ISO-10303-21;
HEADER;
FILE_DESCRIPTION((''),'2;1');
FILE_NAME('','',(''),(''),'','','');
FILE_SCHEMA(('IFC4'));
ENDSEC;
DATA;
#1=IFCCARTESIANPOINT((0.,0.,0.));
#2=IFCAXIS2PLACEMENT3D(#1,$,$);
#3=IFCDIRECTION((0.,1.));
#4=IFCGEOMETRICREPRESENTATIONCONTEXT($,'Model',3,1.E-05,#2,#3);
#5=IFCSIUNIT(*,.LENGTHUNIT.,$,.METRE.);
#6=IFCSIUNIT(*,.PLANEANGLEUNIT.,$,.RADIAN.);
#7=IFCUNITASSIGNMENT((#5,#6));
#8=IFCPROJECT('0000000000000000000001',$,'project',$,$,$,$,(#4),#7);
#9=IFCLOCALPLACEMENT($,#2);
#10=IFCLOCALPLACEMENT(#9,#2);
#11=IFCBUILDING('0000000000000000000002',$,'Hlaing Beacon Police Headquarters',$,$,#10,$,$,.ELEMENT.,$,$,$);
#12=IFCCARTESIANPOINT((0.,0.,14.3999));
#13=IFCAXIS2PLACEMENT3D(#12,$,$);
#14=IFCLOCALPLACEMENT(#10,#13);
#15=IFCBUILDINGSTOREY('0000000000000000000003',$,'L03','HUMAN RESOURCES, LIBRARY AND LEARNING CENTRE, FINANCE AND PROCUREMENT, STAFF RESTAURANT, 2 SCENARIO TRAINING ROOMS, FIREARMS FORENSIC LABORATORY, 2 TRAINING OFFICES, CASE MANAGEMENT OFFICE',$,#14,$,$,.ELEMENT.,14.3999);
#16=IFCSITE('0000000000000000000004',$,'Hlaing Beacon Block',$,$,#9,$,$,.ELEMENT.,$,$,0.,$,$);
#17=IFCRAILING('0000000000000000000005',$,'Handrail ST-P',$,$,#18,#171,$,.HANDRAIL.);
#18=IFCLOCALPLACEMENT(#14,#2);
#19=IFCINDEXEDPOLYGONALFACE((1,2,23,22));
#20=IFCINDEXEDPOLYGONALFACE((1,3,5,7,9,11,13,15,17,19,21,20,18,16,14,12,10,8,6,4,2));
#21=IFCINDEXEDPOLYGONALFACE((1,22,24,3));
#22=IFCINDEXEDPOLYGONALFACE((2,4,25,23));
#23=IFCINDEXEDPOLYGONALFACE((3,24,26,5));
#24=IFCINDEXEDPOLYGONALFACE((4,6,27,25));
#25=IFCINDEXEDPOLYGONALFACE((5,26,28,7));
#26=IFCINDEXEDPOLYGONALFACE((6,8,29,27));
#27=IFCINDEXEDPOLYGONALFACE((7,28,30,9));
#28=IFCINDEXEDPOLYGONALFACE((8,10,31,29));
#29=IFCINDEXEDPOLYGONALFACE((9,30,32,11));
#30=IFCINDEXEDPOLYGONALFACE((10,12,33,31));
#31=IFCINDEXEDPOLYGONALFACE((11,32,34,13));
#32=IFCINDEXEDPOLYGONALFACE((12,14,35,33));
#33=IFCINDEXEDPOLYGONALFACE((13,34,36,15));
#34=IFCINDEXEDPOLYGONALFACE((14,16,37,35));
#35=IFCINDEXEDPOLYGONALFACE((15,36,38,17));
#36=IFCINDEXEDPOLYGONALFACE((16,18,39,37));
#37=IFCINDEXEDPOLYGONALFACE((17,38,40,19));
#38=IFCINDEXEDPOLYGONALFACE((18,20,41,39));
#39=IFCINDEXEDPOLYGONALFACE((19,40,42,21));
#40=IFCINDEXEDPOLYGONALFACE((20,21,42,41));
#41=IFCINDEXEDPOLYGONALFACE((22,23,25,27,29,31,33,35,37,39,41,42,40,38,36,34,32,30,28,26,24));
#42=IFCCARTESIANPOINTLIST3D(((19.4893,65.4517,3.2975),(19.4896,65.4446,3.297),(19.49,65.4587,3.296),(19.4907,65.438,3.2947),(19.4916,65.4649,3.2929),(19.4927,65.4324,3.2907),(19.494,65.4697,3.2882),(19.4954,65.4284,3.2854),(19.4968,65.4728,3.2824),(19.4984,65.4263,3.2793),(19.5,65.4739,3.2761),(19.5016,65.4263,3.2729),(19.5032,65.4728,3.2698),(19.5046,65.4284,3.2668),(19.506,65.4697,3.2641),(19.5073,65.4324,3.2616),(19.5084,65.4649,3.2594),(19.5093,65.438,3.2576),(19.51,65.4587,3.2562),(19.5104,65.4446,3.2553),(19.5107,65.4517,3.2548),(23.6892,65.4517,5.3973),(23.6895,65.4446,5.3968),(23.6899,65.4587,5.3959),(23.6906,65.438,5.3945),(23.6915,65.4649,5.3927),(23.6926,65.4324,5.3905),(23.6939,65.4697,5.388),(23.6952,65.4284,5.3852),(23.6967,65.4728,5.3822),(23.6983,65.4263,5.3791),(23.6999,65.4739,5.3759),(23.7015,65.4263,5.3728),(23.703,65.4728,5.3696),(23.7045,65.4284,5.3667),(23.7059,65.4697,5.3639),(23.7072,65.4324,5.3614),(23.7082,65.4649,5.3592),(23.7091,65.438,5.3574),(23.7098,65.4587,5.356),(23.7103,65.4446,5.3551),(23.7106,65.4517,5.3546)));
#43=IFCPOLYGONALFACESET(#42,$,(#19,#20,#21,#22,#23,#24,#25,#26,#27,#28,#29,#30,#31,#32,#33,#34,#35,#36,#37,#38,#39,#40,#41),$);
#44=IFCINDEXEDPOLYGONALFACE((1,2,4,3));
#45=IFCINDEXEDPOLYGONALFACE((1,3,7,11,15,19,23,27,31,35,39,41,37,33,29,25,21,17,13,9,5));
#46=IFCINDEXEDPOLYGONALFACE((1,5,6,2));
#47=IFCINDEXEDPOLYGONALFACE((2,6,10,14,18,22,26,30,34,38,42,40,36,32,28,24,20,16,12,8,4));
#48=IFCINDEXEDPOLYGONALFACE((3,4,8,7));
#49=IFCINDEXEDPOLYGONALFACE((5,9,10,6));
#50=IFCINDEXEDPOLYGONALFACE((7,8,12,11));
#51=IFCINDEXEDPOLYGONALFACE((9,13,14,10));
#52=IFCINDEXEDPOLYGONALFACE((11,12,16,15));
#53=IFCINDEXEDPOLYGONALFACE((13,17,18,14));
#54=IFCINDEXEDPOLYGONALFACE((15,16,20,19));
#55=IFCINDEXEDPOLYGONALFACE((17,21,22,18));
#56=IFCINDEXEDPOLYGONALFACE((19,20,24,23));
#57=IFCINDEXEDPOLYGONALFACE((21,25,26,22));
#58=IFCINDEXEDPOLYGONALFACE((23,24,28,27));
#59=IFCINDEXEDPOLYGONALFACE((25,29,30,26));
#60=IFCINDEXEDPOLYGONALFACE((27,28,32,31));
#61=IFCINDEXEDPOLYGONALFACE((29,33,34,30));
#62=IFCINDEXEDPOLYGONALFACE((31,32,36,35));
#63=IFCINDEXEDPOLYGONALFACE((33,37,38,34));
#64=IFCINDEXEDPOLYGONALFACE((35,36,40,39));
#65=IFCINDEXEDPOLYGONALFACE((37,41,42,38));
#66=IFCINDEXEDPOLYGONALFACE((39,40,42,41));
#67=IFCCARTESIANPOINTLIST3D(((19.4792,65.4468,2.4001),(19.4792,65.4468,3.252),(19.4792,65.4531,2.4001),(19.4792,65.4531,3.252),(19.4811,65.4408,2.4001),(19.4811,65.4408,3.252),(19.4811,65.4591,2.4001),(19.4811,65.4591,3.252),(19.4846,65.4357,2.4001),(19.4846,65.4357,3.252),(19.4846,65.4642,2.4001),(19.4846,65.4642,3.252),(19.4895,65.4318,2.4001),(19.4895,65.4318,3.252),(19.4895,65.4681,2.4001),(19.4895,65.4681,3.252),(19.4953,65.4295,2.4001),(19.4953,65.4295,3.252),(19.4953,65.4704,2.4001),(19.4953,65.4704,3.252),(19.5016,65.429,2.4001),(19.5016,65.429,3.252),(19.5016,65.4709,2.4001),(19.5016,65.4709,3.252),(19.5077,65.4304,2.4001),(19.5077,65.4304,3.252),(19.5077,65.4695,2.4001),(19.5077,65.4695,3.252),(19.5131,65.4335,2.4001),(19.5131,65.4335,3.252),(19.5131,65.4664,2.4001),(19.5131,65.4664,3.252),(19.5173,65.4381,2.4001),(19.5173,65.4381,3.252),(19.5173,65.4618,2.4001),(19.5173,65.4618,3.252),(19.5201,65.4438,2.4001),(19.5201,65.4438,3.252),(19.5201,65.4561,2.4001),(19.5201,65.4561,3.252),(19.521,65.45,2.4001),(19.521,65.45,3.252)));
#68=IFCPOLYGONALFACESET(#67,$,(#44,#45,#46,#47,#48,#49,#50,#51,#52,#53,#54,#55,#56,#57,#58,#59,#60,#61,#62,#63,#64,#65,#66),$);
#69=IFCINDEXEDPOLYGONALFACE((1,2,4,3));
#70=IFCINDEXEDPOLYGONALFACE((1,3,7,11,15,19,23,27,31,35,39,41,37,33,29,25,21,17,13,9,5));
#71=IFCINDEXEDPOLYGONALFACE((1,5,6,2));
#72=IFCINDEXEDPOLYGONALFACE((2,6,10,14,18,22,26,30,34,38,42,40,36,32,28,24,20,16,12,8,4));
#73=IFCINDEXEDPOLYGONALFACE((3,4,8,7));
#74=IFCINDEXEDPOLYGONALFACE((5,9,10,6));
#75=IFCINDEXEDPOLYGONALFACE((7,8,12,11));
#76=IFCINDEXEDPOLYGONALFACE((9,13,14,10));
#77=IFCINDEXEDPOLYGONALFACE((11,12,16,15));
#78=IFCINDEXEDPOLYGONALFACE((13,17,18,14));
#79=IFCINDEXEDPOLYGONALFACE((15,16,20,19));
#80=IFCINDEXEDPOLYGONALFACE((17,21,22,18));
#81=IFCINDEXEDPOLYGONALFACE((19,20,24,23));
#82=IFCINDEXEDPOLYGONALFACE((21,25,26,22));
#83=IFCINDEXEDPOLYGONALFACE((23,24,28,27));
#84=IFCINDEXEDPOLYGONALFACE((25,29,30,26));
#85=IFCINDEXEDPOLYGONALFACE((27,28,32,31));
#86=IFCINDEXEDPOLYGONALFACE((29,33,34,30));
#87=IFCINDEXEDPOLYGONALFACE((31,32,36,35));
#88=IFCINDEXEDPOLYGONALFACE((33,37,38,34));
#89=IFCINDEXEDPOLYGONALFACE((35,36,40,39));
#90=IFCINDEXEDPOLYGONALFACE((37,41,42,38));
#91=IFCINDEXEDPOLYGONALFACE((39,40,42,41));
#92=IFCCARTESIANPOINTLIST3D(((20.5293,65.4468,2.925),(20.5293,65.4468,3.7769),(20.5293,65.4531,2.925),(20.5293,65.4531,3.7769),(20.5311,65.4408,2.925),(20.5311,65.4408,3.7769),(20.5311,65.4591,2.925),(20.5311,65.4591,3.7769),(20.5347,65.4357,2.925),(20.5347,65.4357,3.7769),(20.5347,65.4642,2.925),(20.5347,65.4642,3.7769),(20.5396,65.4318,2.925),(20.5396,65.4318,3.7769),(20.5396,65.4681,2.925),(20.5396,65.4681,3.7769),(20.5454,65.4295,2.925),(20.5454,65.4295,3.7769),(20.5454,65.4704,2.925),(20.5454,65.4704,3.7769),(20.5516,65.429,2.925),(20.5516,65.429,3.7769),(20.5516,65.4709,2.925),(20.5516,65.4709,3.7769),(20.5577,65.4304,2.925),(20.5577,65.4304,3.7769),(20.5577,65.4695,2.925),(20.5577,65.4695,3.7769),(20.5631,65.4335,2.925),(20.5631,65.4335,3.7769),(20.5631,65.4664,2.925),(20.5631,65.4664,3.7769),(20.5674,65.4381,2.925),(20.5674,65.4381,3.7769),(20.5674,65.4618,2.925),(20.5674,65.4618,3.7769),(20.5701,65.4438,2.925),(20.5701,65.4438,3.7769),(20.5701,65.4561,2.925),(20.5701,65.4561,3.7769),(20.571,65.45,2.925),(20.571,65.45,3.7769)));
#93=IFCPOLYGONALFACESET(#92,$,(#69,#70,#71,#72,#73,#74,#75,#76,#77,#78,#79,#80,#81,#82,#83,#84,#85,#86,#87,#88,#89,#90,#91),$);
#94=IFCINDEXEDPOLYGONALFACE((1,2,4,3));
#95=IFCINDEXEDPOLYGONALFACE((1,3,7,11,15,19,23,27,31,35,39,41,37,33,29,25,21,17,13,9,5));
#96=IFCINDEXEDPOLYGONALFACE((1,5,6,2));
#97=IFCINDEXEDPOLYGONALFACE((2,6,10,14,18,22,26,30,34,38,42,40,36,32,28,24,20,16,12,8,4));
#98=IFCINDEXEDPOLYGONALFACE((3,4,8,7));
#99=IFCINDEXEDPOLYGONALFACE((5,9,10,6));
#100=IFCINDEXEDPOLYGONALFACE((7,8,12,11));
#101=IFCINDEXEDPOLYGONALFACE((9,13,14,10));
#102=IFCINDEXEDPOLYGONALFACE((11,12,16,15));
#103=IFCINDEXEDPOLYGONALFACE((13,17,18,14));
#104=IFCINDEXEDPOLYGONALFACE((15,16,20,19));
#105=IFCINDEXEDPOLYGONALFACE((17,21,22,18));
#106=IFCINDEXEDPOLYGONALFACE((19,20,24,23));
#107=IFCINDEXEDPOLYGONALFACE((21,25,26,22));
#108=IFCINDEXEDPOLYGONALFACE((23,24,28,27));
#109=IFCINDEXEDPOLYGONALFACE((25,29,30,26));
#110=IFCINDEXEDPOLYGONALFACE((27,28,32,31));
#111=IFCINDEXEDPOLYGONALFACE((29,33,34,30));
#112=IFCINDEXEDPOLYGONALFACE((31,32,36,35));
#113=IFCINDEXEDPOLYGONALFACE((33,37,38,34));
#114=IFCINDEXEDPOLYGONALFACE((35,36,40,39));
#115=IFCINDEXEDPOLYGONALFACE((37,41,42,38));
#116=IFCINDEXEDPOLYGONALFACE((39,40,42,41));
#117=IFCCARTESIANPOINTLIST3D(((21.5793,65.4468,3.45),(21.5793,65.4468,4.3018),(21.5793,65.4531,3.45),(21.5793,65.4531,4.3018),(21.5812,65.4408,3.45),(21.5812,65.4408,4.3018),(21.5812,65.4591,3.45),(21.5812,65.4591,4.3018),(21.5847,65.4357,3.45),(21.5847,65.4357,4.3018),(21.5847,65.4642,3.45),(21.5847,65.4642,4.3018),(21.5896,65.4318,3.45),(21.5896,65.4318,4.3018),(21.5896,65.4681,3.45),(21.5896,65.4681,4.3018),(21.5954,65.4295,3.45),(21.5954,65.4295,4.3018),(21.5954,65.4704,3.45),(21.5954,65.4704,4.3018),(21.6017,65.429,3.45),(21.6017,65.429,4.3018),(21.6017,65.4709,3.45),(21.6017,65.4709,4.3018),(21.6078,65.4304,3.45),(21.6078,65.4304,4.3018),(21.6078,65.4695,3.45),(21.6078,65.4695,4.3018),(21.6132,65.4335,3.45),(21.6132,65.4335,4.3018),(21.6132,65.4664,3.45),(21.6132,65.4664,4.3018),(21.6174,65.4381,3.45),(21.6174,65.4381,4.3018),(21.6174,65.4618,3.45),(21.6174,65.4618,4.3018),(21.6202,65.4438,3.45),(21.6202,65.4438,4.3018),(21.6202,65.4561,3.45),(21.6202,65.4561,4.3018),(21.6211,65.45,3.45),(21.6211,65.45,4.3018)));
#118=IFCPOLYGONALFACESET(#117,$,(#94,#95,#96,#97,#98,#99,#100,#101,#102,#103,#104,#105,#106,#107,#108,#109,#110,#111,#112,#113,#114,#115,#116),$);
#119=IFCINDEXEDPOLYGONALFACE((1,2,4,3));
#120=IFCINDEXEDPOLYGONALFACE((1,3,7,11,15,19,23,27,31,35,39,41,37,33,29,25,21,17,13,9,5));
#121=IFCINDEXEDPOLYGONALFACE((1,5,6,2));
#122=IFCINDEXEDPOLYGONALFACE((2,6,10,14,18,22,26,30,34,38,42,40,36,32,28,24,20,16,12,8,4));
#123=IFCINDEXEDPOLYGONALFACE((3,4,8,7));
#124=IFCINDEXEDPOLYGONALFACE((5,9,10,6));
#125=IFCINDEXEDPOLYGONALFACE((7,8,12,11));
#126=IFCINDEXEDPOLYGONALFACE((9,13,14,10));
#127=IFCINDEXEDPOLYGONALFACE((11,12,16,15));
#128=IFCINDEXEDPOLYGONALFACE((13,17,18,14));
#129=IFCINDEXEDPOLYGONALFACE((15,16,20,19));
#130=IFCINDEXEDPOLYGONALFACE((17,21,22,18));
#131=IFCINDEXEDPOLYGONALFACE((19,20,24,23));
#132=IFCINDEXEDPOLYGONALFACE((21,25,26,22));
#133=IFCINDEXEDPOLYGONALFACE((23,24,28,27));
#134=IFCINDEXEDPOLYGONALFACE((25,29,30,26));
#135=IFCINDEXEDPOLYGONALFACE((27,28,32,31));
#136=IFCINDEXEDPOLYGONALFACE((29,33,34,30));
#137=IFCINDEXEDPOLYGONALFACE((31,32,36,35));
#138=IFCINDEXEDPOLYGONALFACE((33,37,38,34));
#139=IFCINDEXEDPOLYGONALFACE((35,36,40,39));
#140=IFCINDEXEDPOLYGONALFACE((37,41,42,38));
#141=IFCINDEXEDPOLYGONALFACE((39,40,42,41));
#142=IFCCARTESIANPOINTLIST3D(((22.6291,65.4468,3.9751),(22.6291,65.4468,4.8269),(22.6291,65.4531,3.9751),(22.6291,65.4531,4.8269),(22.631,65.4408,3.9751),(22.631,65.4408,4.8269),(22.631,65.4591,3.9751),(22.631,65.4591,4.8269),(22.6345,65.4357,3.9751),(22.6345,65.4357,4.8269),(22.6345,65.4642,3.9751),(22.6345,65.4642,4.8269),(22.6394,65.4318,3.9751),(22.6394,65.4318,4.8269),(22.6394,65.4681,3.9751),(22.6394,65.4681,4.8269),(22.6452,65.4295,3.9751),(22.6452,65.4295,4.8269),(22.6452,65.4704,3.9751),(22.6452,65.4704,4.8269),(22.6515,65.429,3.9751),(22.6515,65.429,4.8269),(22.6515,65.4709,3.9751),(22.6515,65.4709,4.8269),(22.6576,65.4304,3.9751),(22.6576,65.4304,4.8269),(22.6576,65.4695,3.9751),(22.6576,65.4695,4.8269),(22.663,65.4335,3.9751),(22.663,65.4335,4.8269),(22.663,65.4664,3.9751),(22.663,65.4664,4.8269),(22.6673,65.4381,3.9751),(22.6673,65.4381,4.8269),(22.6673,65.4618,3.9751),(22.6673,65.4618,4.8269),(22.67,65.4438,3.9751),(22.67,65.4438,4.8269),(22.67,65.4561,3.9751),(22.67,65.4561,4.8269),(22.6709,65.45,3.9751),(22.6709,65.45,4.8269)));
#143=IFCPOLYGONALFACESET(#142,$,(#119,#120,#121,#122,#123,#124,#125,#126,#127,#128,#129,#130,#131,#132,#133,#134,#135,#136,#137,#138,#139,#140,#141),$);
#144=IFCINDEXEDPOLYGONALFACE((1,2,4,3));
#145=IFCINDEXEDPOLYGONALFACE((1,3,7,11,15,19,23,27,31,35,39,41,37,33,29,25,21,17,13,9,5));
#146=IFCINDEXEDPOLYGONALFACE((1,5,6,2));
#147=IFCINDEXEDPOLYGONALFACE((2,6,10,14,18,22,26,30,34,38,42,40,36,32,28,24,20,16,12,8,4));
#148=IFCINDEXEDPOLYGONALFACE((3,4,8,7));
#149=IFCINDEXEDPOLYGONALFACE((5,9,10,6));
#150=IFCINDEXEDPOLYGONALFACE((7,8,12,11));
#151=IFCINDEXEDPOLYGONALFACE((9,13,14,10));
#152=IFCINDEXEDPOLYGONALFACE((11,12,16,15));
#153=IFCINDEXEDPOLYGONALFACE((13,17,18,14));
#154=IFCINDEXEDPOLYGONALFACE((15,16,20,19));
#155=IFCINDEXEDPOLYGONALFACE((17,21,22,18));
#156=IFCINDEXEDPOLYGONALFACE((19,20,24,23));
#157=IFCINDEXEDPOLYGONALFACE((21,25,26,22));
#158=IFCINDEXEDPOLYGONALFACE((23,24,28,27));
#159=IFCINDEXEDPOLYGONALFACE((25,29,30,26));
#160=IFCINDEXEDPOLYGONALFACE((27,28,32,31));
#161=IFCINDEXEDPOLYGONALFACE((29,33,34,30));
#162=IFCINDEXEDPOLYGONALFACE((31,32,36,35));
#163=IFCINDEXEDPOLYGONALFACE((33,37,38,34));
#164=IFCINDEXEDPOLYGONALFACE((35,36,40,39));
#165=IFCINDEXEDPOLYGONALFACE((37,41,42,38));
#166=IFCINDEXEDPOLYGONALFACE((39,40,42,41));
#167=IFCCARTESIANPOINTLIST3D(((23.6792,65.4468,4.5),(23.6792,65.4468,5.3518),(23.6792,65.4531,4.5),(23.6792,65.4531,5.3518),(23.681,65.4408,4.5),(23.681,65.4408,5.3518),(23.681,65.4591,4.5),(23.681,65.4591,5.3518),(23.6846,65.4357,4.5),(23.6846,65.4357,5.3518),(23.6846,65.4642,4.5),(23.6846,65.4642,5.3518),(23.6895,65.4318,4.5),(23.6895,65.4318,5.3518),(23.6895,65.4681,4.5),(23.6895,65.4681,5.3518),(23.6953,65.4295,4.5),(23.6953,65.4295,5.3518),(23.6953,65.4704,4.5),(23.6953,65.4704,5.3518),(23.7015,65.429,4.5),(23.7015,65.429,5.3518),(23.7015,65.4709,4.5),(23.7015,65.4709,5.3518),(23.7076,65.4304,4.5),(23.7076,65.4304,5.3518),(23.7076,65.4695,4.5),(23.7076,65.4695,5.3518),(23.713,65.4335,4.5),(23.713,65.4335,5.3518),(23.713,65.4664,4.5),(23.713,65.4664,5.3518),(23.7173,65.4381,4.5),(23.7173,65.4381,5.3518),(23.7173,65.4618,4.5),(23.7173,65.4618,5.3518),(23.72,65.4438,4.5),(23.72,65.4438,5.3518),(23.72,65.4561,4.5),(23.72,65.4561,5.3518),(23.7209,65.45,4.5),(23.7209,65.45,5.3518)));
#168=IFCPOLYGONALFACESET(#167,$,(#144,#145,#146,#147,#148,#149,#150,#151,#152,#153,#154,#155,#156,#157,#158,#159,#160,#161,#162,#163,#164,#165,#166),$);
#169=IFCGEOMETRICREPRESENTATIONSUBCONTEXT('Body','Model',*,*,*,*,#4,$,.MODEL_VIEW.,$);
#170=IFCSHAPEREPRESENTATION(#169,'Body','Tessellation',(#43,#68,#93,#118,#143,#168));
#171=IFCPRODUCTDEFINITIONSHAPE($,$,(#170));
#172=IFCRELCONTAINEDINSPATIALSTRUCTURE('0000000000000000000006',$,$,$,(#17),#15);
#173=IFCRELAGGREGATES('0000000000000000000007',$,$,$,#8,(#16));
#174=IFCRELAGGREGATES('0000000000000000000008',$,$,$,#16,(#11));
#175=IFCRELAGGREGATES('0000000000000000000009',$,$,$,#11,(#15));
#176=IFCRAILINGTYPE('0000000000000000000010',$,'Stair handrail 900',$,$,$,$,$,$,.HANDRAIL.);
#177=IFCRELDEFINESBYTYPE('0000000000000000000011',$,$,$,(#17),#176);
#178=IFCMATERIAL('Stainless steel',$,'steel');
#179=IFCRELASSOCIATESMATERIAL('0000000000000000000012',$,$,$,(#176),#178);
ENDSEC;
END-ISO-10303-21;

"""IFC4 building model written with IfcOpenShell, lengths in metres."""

from ifc_helpers import new_model, si_unit, direction, frame, origin, origin_2d, place, context, subcontext, project, spatial, circle, extrude, material, type_object, element, save


model = new_model("IFC4")

# Units and contexts
model_context = context("Model", 3, precision=1e-05, world=origin(), true_north=direction((0.0, 1.0)))
body_context = subcontext(model_context, "Body", "Model", "MODEL_VIEW")
ifc_project = project(units=[si_unit("LENGTHUNIT", "METRE"), si_unit("PLANEANGLEUNIT", "RADIAN")], contexts=[model_context])

# Site, building, storey
site_placement = place(None, origin())
site = spatial("IfcSite", under=ifc_project, at=site_placement, Name="Hlaing Beacon Block", CompositionType="ELEMENT", RefElevation=0.0)
building_placement = place(site_placement, origin())
building = spatial("IfcBuilding", under=site, at=building_placement, Name="Hlaing Beacon Police Headquarters", CompositionType="ELEMENT")
storey_placement = place(building_placement, frame((0.0, 0.0, 14.3999)))
storey = spatial("IfcBuildingStorey", under=building, at=storey_placement, Name="L03", Description="HUMAN RESOURCES, LIBRARY AND LEARNING CENTRE, FINANCE AND PROCUREMENT, STAFF RESTAURANT, 2 SCENARIO TRAINING ROOMS, FIREARMS FORENSIC LABORATORY, 2 TRAINING OFFICES, CASE MANAGEMENT OFFICE", CompositionType="ELEMENT", Elevation=14.3999)

# Railing
ifc_material_1 = material(Name="Stainless steel", Category="steel")
railing_type = type_object("IfcRailingType", Name="Stair handrail 900", PredefinedType="HANDRAIL", material=ifc_material_1)
for number, where, name in (
    (1, (19.5, 65.45, 2.4001), "Handrail ST-P"),
):
    element("IfcRailing", number, at=place(storey_placement, frame(where)), inside=storey, type_object=railing_type, Name=name, PredefinedType="HANDRAIL", context=body_context, shape_type="SweptSolid", body=[
        extrude(circle(Radius=0.0239, at=origin_2d()), frame((0.0, 0.0, 0.876), z_axis=(0.894438, 0.0, 0.447193), x_axis=(0.0, 1.0, 0.0)), (0.0, 0.0, 1.0), 4.6956),
        extrude(circle(Radius=0.021, at=origin_2d()), origin(), (0.0, 0.0, 1.0), 0.8518),
        extrude(circle(Radius=0.021, at=origin_2d()), frame((1.05, 0.0, 0.5249)), (0.0, 0.0, 1.0), 0.8518),
        extrude(circle(Radius=0.021, at=origin_2d()), frame((2.1001, 0.0, 1.0498)), (0.0, 0.0, 1.0), 0.8518),
        extrude(circle(Radius=0.021, at=origin_2d()), frame((3.1499, 0.0, 1.575)), (0.0, 0.0, 1.0), 0.8518),
        extrude(circle(Radius=0.021, at=origin_2d()), frame((4.2, 0.0, 2.0999)), (0.0, 0.0, 1.0), 0.8518),
    ])

save(model, "model.ifc")
